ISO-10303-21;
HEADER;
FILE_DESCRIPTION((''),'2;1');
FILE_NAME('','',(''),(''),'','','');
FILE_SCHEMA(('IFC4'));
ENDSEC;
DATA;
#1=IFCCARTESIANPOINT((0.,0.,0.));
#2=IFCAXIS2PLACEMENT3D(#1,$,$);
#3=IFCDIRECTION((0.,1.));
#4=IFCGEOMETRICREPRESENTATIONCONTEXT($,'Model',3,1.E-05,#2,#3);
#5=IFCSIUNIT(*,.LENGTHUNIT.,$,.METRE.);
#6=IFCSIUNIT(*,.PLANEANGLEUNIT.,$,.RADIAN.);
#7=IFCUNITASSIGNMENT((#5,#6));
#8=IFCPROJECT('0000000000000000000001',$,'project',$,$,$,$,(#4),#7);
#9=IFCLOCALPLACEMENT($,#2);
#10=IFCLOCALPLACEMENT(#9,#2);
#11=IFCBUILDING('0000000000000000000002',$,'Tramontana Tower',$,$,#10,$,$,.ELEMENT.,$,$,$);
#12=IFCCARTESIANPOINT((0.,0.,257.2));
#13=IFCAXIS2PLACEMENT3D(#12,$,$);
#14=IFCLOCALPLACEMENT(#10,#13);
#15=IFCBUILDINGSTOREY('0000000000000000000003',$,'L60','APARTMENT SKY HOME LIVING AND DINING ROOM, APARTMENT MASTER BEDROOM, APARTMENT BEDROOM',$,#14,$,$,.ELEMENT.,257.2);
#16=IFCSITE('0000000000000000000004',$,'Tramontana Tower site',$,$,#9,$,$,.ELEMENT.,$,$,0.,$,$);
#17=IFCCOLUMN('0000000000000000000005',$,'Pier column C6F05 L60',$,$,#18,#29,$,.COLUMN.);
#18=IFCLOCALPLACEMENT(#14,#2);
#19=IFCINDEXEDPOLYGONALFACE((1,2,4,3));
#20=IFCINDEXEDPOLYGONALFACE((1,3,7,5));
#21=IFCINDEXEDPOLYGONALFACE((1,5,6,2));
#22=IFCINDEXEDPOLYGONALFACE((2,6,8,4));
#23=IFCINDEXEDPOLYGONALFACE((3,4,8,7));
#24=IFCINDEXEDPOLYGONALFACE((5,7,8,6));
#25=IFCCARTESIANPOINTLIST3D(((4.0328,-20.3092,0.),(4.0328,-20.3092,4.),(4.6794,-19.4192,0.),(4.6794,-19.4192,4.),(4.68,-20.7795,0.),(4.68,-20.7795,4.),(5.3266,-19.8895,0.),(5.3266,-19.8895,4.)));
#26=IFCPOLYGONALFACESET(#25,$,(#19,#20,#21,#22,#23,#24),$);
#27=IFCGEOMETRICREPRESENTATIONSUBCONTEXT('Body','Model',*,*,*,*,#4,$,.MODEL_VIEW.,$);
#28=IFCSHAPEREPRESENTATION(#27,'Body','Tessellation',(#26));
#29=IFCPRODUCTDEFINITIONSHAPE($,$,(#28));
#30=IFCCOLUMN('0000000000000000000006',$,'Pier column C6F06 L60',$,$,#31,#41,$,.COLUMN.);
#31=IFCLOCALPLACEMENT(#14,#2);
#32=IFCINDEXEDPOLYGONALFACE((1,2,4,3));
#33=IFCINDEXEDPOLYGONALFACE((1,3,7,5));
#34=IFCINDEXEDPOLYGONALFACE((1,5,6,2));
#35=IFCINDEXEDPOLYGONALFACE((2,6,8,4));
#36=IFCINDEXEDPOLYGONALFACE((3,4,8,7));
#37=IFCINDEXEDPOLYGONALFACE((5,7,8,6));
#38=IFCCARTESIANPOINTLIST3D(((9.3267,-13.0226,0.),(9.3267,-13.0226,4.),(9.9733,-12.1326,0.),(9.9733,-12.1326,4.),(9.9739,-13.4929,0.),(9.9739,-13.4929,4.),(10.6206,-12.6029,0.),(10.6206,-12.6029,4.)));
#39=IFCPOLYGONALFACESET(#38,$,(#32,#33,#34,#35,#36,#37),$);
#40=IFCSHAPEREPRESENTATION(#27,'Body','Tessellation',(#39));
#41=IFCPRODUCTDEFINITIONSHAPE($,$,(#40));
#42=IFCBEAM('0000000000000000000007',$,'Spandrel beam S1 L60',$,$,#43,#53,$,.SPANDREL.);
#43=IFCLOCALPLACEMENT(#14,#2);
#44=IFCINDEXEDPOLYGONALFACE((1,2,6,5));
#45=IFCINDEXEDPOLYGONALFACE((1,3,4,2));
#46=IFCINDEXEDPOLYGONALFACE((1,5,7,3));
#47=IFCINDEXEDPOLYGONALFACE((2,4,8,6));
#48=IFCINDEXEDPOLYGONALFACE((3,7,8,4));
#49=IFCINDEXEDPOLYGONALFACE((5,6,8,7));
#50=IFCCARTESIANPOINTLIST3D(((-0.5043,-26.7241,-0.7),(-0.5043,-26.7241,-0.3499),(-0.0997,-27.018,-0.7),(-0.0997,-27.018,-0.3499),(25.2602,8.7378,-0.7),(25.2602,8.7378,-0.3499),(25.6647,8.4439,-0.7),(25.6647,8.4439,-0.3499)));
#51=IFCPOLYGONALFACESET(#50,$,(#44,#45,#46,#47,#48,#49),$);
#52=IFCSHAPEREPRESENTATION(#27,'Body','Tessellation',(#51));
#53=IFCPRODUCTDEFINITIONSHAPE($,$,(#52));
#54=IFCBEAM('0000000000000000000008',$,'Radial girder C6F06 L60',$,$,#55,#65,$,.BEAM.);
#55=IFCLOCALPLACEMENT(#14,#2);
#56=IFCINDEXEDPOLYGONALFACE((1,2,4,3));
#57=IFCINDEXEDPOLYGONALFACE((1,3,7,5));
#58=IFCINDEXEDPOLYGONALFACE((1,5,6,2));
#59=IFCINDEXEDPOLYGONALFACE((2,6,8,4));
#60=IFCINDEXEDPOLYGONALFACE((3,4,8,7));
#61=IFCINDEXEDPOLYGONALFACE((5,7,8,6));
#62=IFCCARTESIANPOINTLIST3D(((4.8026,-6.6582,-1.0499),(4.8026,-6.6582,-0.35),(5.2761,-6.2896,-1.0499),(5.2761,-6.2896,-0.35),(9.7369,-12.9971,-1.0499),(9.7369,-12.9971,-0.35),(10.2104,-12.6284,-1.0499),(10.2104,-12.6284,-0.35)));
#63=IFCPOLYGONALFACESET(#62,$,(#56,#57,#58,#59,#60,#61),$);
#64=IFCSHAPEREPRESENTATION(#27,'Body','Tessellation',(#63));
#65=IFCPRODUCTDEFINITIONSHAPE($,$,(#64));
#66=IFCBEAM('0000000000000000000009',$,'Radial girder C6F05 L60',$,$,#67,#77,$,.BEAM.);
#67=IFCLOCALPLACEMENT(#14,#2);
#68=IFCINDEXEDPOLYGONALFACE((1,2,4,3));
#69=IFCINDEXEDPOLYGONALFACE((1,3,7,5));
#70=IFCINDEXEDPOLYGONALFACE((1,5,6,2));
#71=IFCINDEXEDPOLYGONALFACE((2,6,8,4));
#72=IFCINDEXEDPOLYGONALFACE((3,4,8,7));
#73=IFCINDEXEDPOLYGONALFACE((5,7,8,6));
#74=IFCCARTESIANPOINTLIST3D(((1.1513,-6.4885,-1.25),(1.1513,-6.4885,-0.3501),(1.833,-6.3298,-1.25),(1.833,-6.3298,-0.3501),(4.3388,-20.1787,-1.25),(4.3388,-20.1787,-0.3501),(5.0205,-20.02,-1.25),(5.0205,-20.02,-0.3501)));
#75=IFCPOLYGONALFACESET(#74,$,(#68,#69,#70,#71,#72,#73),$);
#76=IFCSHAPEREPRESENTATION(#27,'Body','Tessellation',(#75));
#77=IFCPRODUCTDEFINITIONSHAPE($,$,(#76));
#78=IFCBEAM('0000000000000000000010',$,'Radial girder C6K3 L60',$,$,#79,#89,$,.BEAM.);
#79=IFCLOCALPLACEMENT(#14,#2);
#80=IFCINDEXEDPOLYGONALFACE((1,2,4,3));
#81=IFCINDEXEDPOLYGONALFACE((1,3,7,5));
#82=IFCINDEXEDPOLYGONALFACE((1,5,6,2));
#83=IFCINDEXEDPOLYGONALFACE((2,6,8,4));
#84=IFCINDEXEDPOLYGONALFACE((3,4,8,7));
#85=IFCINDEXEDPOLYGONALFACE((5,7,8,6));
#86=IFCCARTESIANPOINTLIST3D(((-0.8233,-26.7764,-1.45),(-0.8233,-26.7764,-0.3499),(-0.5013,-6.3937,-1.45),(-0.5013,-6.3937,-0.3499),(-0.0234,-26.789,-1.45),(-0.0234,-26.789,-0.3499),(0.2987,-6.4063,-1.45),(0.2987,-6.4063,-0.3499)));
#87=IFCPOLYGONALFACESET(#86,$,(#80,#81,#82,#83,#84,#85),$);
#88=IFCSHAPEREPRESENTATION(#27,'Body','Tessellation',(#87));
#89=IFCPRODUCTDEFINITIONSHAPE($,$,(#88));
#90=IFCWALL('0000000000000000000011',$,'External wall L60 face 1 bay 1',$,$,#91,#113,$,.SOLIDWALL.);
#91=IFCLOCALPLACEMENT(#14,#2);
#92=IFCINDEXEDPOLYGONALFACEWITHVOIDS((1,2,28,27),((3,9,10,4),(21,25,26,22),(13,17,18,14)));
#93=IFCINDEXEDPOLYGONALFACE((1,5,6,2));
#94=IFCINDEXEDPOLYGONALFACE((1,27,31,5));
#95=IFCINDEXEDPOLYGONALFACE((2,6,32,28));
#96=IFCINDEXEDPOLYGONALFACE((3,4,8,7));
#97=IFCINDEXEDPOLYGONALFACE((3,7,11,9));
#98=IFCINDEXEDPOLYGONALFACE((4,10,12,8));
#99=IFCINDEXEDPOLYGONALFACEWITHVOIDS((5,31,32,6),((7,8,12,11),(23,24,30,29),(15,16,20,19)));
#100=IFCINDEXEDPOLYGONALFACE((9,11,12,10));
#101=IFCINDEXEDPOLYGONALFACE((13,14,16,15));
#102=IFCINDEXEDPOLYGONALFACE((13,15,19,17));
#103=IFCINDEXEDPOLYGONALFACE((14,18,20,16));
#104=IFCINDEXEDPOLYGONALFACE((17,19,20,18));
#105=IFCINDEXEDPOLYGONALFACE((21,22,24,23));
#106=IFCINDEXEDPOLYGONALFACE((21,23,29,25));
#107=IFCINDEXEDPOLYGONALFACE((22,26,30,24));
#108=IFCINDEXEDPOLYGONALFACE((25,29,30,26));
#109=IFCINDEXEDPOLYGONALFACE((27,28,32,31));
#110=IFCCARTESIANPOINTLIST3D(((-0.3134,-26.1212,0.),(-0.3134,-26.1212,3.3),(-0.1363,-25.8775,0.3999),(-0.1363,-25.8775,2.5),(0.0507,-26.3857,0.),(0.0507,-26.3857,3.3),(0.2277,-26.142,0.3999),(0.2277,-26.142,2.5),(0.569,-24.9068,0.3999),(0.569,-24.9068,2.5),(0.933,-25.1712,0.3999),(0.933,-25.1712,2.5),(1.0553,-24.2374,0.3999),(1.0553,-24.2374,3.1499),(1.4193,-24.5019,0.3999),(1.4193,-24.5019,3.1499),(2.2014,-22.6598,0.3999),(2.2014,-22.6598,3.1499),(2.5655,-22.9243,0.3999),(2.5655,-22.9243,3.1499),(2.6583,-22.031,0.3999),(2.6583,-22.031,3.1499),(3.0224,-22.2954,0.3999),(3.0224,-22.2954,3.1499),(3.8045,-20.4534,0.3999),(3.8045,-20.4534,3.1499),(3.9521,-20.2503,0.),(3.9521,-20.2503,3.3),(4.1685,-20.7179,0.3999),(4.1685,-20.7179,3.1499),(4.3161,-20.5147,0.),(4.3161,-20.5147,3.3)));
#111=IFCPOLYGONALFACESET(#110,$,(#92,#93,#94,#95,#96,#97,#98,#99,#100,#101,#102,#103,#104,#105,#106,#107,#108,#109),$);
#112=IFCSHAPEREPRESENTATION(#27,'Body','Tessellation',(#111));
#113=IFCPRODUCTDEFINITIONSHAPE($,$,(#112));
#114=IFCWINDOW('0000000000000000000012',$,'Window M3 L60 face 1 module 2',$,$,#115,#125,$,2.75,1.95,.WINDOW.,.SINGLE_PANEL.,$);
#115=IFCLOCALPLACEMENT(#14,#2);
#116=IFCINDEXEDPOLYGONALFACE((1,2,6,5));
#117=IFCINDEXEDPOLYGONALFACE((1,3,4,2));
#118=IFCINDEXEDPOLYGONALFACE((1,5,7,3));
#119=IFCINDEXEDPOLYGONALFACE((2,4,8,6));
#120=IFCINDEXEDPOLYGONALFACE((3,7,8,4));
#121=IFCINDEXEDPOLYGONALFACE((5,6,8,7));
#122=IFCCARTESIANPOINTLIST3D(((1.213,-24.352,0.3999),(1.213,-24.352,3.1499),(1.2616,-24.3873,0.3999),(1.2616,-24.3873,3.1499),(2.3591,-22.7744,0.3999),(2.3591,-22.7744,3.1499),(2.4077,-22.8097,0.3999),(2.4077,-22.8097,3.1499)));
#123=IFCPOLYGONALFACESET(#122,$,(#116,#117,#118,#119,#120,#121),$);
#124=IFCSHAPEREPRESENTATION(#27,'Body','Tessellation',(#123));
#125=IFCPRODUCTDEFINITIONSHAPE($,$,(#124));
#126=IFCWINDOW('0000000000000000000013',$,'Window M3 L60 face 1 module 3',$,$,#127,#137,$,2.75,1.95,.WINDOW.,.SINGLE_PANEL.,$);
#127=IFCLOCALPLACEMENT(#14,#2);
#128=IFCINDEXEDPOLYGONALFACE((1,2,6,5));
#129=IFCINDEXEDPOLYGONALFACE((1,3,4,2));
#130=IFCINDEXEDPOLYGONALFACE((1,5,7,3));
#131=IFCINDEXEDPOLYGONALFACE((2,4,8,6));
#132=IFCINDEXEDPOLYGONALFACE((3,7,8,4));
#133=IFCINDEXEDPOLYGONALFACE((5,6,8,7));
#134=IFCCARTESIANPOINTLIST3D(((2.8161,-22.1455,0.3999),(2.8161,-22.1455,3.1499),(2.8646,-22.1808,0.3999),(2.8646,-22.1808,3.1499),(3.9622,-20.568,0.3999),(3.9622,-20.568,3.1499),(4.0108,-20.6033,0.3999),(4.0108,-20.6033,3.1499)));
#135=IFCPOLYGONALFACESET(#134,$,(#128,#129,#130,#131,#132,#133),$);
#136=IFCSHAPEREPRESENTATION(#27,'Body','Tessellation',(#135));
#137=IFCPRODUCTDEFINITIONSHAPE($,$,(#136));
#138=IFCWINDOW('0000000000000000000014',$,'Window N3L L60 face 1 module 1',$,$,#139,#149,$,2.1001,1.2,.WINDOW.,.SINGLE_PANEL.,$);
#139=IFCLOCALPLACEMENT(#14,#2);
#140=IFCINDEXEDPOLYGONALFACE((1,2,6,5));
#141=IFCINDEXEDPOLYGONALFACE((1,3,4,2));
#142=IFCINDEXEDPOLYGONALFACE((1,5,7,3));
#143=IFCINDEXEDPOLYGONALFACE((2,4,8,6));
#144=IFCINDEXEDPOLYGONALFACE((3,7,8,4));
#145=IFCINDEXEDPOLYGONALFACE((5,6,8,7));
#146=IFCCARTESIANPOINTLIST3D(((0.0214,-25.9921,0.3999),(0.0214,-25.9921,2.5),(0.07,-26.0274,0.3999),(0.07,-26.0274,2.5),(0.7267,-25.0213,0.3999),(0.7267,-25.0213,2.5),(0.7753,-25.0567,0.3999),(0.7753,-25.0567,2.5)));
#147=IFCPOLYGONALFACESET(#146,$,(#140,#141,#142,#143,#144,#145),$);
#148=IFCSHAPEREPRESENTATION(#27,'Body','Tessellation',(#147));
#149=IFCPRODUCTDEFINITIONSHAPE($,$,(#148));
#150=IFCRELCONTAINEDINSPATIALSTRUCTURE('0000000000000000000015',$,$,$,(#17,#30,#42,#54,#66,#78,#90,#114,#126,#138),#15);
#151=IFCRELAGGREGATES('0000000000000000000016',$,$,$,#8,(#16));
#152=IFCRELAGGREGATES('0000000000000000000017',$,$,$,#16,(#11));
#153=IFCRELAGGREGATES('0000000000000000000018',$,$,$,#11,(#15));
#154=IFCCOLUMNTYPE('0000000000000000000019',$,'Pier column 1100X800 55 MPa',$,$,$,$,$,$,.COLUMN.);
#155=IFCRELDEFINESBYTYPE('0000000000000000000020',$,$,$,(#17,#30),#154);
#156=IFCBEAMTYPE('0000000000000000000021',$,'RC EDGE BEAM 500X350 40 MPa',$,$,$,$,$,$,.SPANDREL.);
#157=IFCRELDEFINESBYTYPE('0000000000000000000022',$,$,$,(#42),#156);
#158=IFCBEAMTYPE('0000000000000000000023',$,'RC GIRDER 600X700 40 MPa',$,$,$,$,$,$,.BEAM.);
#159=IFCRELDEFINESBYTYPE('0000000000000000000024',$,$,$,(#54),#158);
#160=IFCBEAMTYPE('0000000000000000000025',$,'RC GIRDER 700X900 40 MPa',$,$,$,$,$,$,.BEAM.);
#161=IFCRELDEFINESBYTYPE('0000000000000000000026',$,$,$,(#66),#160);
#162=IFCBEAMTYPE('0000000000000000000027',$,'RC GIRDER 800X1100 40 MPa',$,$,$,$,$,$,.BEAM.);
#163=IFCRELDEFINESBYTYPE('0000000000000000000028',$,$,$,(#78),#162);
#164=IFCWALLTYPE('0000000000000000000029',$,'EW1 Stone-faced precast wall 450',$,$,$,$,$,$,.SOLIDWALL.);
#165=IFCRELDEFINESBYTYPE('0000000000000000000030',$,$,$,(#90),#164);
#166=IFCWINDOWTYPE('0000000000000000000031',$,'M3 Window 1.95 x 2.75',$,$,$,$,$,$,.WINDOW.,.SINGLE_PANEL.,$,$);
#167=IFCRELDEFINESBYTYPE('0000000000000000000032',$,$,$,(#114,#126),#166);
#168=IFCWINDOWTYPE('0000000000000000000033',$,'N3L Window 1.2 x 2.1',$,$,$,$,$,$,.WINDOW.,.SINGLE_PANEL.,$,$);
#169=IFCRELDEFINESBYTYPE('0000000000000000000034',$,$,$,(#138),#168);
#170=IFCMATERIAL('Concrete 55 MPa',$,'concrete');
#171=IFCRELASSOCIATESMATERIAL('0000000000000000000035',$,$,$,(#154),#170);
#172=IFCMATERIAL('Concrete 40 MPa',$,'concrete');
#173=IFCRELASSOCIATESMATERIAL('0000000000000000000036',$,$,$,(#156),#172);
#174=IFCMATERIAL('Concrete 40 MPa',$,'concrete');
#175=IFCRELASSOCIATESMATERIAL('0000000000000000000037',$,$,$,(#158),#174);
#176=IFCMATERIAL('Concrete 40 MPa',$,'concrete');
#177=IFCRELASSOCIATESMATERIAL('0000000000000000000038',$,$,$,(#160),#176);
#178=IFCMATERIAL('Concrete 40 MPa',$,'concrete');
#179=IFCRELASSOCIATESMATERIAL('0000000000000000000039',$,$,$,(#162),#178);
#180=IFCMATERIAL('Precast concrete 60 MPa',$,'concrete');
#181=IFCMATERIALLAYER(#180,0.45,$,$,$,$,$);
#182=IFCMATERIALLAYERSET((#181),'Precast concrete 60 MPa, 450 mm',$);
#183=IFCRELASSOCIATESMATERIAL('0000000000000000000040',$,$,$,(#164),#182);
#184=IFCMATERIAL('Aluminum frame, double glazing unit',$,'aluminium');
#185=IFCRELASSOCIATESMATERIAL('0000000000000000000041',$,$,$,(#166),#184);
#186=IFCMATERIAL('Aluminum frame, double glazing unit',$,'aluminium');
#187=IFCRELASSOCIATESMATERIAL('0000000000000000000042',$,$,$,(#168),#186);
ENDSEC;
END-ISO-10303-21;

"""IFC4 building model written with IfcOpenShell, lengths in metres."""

from ifc_helpers import new_model, si_unit, direction, frame, frame_2d, origin, origin_2d, place, context, subcontext, project, spatial, rectangle, extrude, material, layer, layer_set, material_profile, profile_set, type_object, element, fill, save


model = new_model("IFC4")

# Units and contexts
model_context = context("Model", 3, precision=1e-05, world=origin(), true_north=direction((0.0, 1.0)))
body_context = subcontext(model_context, "Body", "Model", "MODEL_VIEW")
ifc_project = project(units=[si_unit("LENGTHUNIT", "METRE"), si_unit("PLANEANGLEUNIT", "RADIAN")], contexts=[model_context])

# Site, building, storey
site_placement = place(None, origin())
site = spatial("IfcSite", under=ifc_project, at=site_placement, Name="Tramontana Tower site", CompositionType="ELEMENT", RefElevation=0.0)
building_placement = place(site_placement, origin())
building = spatial("IfcBuilding", under=site, at=building_placement, Name="Tramontana Tower", CompositionType="ELEMENT")
storey_placement = place(building_placement, frame((0.0, 0.0, 257.2)))
storey = spatial("IfcBuildingStorey", under=building, at=storey_placement, Name="L60", Description="APARTMENT SKY HOME LIVING AND DINING ROOM, APARTMENT MASTER BEDROOM, APARTMENT BEDROOM", CompositionType="ELEMENT", Elevation=257.2)

# Columns
ifc_material_1 = material(Name="Concrete 55 MPa", Category="concrete")
ifc_material_profile_1 = material_profile(ifc_material_1, rectangle(XDim=1.1001, YDim=0.8, at=origin_2d()), Name="Pier column 1100X800 55 MPa")
ifc_profile_set_1 = profile_set([ifc_material_profile_1], Name="Concrete 55 MPa")
column_type = type_object("IfcColumnType", Name="Pier column 1100X800 55 MPa", PredefinedType="COLUMN", material=ifc_profile_set_1)
for number, where, z_axis, x_axis, name in (
    (1, (4.6797, -20.0994, 0.0), (0.0, 0.0, 1.0), (0.587785, 0.809017, 0.0), "Pier column C6F05 L60"),
    (2, (9.9736, -12.8127, 0.0), (0.0, 0.0, 1.0), (0.587785, 0.809017, 0.0), "Pier column C6F06 L60"),
):
    element("IfcColumn", number, at=place(storey_placement, frame(where, z_axis=z_axis, x_axis=x_axis)), inside=storey, type_object=column_type, Name=name, PredefinedType="COLUMN", context=body_context, shape_type="SweptSolid", body=[
        extrude(rectangle(XDim=1.1001, YDim=0.8, at=origin_2d()), origin(), (0.0, 0.0, 1.0), 4.0),
    ])

# Beams
ifc_material_2 = material(Name="Concrete 40 MPa", Category="concrete")
ifc_material_profile_2 = material_profile(ifc_material_2, rectangle(XDim=0.5, YDim=0.3501, at=origin_2d()), Name="RC EDGE BEAM 500X350 40 MPa")
ifc_profile_set_2 = profile_set([ifc_material_profile_2], Name="Concrete 40 MPa")
beam_type_1 = type_object("IfcBeamType", Name="RC EDGE BEAM 500X350 40 MPa", PredefinedType="SPANDREL", material=ifc_profile_set_2)
beam_1_placement = place(storey_placement, frame((-0.302, -26.8711, -0.5249), z_axis=(0.587782, 0.809019, 0.0), x_axis=(-0.809019, 0.587782, 0.0)))
element("IfcBeam", 3, at=beam_1_placement, inside=storey, type_object=beam_type_1, Name="Spandrel beam S1 L60", PredefinedType="SPANDREL", context=body_context, shape_type="SweptSolid", body=[
    extrude(rectangle(XDim=0.5, YDim=0.3501, at=origin_2d()), origin(), (0.0, 0.0, 1.0), 43.8333),
])
ifc_material_3 = material(Name="Concrete 40 MPa", Category="concrete")
ifc_material_profile_3 = material_profile(ifc_material_3, rectangle(XDim=0.6001, YDim=0.7, at=origin_2d()), Name="RC GIRDER 600X700 40 MPa")
ifc_profile_set_3 = profile_set([ifc_material_profile_3], Name="Concrete 40 MPa")
beam_type_2 = type_object("IfcBeamType", Name="RC GIRDER 600X700 40 MPa", PredefinedType="BEAM", material=ifc_profile_set_3)
beam_2_placement = place(storey_placement, frame((9.9736, -12.8127, -0.7), z_axis=(-0.614258, 0.789105, 0.0), x_axis=(-0.789105, -0.614258, 0.0)))
element("IfcBeam", 4, at=beam_2_placement, inside=storey, type_object=beam_type_2, Name="Radial girder C6F06 L60", PredefinedType="BEAM", context=body_context, shape_type="SweptSolid", body=[
    extrude(rectangle(XDim=0.6001, YDim=0.7, at=origin_2d()), origin(), (0.0, 0.0, 1.0), 8.033),
])
ifc_material_4 = material(Name="Concrete 40 MPa", Category="concrete")
ifc_material_profile_4 = material_profile(ifc_material_4, rectangle(XDim=0.7, YDim=0.8999, at=origin_2d()), Name="RC GIRDER 700X900 40 MPa")
ifc_profile_set_4 = profile_set([ifc_material_profile_4], Name="Concrete 40 MPa")
beam_type_3 = type_object("IfcBeamType", Name="RC GIRDER 700X900 40 MPa", PredefinedType="BEAM", material=ifc_profile_set_4)
beam_3_placement = place(storey_placement, frame((4.6797, -20.0994, -0.8), z_axis=(-0.226766, 0.973949, 0.0), x_axis=(-0.973949, -0.226766, 0.0)))
element("IfcBeam", 5, at=beam_3_placement, inside=storey, type_object=beam_type_3, Name="Radial girder C6F05 L60", PredefinedType="BEAM", context=body_context, shape_type="SweptSolid", body=[
    extrude(rectangle(XDim=0.7, YDim=0.8999, at=origin_2d()), origin(), (0.0, 0.0, 1.0), 14.0564),
])
ifc_material_5 = material(Name="Concrete 40 MPa", Category="concrete")
ifc_material_profile_5 = material_profile(ifc_material_5, rectangle(XDim=0.8, YDim=1.1001, at=origin_2d()), Name="RC GIRDER 800X1100 40 MPa")
ifc_profile_set_5 = profile_set([ifc_material_profile_5], Name="Concrete 40 MPa")
beam_type_4 = type_object("IfcBeamType", Name="RC GIRDER 800X1100 40 MPa", PredefinedType="BEAM", material=ifc_profile_set_5)
beam_4_placement = place(storey_placement, frame((-0.4233, -26.7827, -0.8999), z_axis=(0.015797, 0.999875, 0.0), x_axis=(-0.999875, 0.015797, 0.0)))
element("IfcBeam", 6, at=beam_4_placement, inside=storey, type_object=beam_type_4, Name="Radial girder C6K3 L60", PredefinedType="BEAM", context=body_context, shape_type="SweptSolid", body=[
    extrude(rectangle(XDim=0.8, YDim=1.1001, at=origin_2d()), origin(), (0.0, 0.0, 1.0), 20.3853),
])

# Wall, openings, windows
ifc_material_6 = material(Name="Precast concrete 60 MPa", Category="concrete")
ifc_layer_1 = layer(ifc_material_6, 0.45)
ifc_layer_set_1 = layer_set([ifc_layer_1], Name="Precast concrete 60 MPa, 450 mm")
wall_type_1 = type_object("IfcWallType", Name="EW1 Stone-faced precast wall 450", PredefinedType="SOLIDWALL", material=ifc_layer_set_1)
wall_1_placement = place(storey_placement, frame((-0.1313, -26.2534, 0.0), z_axis=(0.0, 0.0, 1.0), x_axis=(0.587782, 0.80902, 0.0)))
wall_1 = element("IfcWall", 7, at=wall_1_placement, inside=storey, type_object=wall_type_1, Name="External wall L60 face 1 bay 1", PredefinedType="SOLIDWALL", context=body_context, shape_type="SweptSolid", body=[
    extrude(rectangle(XDim=7.2568, YDim=0.45, at=frame_2d((3.6284, 0.0))), origin(), (0.0, 0.0, 1.0), 3.3),
])
opening_1_placement = place(wall_1_placement, frame((0.301, 0.0, 0.3999)))
opening_1 = element("IfcOpeningElement", 8, at=opening_1_placement, cuts=wall_1, PredefinedType="OPENING", context=body_context, shape_type="SweptSolid", body=[
    extrude(rectangle(XDim=1.2, YDim=2.1001, at=frame_2d((0.6001, 1.05))), frame((0.0, 0.2349, 0.0), z_axis=(0.0, -1.0, 0.0), x_axis=(1.0, 0.0, 0.0)), (0.0, 0.0, 1.0), 0.47),
])
opening_2_placement = place(wall_1_placement, frame((2.3284, 0.0, 0.3999)))
opening_2 = element("IfcOpeningElement", 9, at=opening_2_placement, cuts=wall_1, PredefinedType="OPENING", context=body_context, shape_type="SweptSolid", body=[
    extrude(rectangle(XDim=1.95, YDim=2.75, at=frame_2d((0.9751, 1.375))), frame((0.0, 0.2349, 0.0), z_axis=(0.0, -1.0, 0.0), x_axis=(1.0, 0.0, 0.0)), (0.0, 0.0, 1.0), 0.47),
])
opening_3_placement = place(wall_1_placement, frame((5.0557, 0.0, 0.3999)))
opening_3 = element("IfcOpeningElement", 10, at=opening_3_placement, cuts=wall_1, PredefinedType="OPENING", context=body_context, shape_type="SweptSolid", body=[
    extrude(rectangle(XDim=1.95, YDim=2.75, at=frame_2d((0.9751, 1.375))), frame((0.0, 0.2349, 0.0), z_axis=(0.0, -1.0, 0.0), x_axis=(1.0, 0.0, 0.0)), (0.0, 0.0, 1.0), 0.47),
])
ifc_material_7 = material(Name="Aluminum frame, double glazing unit", Category="aluminium")
window_type_1 = type_object("IfcWindowType", Name="M3 Window 1.95 x 2.75", PartitioningType="SINGLE_PANEL", PredefinedType="WINDOW", material=ifc_material_7)
window_1_placement = place(opening_2_placement, origin())
window_1 = element("IfcWindow", 11, at=window_1_placement, inside=storey, type_object=window_type_1, Name="Window M3 L60 face 1 module 2", OverallHeight=2.75, OverallWidth=1.95, PartitioningType="SINGLE_PANEL", PredefinedType="WINDOW", context=body_context, shape_type="SweptSolid", body=[
    extrude(rectangle(XDim=1.95, YDim=2.75, at=frame_2d((0.9751, 1.375))), frame((0.0, 0.03, 0.0), z_axis=(0.0, -1.0, 0.0), x_axis=(1.0, 0.0, 0.0)), (0.0, 0.0, 1.0), 0.0601),
])
fill(opening_2, window_1)
window_2_placement = place(opening_3_placement, origin())
window_2 = element("IfcWindow", 12, at=window_2_placement, inside=storey, type_object=window_type_1, Name="Window M3 L60 face 1 module 3", OverallHeight=2.75, OverallWidth=1.95, PartitioningType="SINGLE_PANEL", PredefinedType="WINDOW", context=body_context, shape_type="SweptSolid", body=[
    extrude(rectangle(XDim=1.95, YDim=2.75, at=frame_2d((0.9751, 1.375))), frame((0.0, 0.03, 0.0), z_axis=(0.0, -1.0, 0.0), x_axis=(1.0, 0.0, 0.0)), (0.0, 0.0, 1.0), 0.0601),
])
fill(opening_3, window_2)
ifc_material_8 = material(Name="Aluminum frame, double glazing unit", Category="aluminium")
window_type_2 = type_object("IfcWindowType", Name="N3L Window 1.2 x 2.1", PartitioningType="SINGLE_PANEL", PredefinedType="WINDOW", material=ifc_material_8)
window_3_placement = place(opening_1_placement, origin())
window_3 = element("IfcWindow", 13, at=window_3_placement, inside=storey, type_object=window_type_2, Name="Window N3L L60 face 1 module 1", OverallHeight=2.1001, OverallWidth=1.2, PartitioningType="SINGLE_PANEL", PredefinedType="WINDOW", context=body_context, shape_type="SweptSolid", body=[
    extrude(rectangle(XDim=1.2, YDim=2.1001, at=frame_2d((0.6001, 1.05))), frame((0.0, 0.03, 0.0), z_axis=(0.0, -1.0, 0.0), x_axis=(1.0, 0.0, 0.0)), (0.0, 0.0, 1.0), 0.0601),
])
fill(opening_1, window_3)

save(model, "model.ifc")
